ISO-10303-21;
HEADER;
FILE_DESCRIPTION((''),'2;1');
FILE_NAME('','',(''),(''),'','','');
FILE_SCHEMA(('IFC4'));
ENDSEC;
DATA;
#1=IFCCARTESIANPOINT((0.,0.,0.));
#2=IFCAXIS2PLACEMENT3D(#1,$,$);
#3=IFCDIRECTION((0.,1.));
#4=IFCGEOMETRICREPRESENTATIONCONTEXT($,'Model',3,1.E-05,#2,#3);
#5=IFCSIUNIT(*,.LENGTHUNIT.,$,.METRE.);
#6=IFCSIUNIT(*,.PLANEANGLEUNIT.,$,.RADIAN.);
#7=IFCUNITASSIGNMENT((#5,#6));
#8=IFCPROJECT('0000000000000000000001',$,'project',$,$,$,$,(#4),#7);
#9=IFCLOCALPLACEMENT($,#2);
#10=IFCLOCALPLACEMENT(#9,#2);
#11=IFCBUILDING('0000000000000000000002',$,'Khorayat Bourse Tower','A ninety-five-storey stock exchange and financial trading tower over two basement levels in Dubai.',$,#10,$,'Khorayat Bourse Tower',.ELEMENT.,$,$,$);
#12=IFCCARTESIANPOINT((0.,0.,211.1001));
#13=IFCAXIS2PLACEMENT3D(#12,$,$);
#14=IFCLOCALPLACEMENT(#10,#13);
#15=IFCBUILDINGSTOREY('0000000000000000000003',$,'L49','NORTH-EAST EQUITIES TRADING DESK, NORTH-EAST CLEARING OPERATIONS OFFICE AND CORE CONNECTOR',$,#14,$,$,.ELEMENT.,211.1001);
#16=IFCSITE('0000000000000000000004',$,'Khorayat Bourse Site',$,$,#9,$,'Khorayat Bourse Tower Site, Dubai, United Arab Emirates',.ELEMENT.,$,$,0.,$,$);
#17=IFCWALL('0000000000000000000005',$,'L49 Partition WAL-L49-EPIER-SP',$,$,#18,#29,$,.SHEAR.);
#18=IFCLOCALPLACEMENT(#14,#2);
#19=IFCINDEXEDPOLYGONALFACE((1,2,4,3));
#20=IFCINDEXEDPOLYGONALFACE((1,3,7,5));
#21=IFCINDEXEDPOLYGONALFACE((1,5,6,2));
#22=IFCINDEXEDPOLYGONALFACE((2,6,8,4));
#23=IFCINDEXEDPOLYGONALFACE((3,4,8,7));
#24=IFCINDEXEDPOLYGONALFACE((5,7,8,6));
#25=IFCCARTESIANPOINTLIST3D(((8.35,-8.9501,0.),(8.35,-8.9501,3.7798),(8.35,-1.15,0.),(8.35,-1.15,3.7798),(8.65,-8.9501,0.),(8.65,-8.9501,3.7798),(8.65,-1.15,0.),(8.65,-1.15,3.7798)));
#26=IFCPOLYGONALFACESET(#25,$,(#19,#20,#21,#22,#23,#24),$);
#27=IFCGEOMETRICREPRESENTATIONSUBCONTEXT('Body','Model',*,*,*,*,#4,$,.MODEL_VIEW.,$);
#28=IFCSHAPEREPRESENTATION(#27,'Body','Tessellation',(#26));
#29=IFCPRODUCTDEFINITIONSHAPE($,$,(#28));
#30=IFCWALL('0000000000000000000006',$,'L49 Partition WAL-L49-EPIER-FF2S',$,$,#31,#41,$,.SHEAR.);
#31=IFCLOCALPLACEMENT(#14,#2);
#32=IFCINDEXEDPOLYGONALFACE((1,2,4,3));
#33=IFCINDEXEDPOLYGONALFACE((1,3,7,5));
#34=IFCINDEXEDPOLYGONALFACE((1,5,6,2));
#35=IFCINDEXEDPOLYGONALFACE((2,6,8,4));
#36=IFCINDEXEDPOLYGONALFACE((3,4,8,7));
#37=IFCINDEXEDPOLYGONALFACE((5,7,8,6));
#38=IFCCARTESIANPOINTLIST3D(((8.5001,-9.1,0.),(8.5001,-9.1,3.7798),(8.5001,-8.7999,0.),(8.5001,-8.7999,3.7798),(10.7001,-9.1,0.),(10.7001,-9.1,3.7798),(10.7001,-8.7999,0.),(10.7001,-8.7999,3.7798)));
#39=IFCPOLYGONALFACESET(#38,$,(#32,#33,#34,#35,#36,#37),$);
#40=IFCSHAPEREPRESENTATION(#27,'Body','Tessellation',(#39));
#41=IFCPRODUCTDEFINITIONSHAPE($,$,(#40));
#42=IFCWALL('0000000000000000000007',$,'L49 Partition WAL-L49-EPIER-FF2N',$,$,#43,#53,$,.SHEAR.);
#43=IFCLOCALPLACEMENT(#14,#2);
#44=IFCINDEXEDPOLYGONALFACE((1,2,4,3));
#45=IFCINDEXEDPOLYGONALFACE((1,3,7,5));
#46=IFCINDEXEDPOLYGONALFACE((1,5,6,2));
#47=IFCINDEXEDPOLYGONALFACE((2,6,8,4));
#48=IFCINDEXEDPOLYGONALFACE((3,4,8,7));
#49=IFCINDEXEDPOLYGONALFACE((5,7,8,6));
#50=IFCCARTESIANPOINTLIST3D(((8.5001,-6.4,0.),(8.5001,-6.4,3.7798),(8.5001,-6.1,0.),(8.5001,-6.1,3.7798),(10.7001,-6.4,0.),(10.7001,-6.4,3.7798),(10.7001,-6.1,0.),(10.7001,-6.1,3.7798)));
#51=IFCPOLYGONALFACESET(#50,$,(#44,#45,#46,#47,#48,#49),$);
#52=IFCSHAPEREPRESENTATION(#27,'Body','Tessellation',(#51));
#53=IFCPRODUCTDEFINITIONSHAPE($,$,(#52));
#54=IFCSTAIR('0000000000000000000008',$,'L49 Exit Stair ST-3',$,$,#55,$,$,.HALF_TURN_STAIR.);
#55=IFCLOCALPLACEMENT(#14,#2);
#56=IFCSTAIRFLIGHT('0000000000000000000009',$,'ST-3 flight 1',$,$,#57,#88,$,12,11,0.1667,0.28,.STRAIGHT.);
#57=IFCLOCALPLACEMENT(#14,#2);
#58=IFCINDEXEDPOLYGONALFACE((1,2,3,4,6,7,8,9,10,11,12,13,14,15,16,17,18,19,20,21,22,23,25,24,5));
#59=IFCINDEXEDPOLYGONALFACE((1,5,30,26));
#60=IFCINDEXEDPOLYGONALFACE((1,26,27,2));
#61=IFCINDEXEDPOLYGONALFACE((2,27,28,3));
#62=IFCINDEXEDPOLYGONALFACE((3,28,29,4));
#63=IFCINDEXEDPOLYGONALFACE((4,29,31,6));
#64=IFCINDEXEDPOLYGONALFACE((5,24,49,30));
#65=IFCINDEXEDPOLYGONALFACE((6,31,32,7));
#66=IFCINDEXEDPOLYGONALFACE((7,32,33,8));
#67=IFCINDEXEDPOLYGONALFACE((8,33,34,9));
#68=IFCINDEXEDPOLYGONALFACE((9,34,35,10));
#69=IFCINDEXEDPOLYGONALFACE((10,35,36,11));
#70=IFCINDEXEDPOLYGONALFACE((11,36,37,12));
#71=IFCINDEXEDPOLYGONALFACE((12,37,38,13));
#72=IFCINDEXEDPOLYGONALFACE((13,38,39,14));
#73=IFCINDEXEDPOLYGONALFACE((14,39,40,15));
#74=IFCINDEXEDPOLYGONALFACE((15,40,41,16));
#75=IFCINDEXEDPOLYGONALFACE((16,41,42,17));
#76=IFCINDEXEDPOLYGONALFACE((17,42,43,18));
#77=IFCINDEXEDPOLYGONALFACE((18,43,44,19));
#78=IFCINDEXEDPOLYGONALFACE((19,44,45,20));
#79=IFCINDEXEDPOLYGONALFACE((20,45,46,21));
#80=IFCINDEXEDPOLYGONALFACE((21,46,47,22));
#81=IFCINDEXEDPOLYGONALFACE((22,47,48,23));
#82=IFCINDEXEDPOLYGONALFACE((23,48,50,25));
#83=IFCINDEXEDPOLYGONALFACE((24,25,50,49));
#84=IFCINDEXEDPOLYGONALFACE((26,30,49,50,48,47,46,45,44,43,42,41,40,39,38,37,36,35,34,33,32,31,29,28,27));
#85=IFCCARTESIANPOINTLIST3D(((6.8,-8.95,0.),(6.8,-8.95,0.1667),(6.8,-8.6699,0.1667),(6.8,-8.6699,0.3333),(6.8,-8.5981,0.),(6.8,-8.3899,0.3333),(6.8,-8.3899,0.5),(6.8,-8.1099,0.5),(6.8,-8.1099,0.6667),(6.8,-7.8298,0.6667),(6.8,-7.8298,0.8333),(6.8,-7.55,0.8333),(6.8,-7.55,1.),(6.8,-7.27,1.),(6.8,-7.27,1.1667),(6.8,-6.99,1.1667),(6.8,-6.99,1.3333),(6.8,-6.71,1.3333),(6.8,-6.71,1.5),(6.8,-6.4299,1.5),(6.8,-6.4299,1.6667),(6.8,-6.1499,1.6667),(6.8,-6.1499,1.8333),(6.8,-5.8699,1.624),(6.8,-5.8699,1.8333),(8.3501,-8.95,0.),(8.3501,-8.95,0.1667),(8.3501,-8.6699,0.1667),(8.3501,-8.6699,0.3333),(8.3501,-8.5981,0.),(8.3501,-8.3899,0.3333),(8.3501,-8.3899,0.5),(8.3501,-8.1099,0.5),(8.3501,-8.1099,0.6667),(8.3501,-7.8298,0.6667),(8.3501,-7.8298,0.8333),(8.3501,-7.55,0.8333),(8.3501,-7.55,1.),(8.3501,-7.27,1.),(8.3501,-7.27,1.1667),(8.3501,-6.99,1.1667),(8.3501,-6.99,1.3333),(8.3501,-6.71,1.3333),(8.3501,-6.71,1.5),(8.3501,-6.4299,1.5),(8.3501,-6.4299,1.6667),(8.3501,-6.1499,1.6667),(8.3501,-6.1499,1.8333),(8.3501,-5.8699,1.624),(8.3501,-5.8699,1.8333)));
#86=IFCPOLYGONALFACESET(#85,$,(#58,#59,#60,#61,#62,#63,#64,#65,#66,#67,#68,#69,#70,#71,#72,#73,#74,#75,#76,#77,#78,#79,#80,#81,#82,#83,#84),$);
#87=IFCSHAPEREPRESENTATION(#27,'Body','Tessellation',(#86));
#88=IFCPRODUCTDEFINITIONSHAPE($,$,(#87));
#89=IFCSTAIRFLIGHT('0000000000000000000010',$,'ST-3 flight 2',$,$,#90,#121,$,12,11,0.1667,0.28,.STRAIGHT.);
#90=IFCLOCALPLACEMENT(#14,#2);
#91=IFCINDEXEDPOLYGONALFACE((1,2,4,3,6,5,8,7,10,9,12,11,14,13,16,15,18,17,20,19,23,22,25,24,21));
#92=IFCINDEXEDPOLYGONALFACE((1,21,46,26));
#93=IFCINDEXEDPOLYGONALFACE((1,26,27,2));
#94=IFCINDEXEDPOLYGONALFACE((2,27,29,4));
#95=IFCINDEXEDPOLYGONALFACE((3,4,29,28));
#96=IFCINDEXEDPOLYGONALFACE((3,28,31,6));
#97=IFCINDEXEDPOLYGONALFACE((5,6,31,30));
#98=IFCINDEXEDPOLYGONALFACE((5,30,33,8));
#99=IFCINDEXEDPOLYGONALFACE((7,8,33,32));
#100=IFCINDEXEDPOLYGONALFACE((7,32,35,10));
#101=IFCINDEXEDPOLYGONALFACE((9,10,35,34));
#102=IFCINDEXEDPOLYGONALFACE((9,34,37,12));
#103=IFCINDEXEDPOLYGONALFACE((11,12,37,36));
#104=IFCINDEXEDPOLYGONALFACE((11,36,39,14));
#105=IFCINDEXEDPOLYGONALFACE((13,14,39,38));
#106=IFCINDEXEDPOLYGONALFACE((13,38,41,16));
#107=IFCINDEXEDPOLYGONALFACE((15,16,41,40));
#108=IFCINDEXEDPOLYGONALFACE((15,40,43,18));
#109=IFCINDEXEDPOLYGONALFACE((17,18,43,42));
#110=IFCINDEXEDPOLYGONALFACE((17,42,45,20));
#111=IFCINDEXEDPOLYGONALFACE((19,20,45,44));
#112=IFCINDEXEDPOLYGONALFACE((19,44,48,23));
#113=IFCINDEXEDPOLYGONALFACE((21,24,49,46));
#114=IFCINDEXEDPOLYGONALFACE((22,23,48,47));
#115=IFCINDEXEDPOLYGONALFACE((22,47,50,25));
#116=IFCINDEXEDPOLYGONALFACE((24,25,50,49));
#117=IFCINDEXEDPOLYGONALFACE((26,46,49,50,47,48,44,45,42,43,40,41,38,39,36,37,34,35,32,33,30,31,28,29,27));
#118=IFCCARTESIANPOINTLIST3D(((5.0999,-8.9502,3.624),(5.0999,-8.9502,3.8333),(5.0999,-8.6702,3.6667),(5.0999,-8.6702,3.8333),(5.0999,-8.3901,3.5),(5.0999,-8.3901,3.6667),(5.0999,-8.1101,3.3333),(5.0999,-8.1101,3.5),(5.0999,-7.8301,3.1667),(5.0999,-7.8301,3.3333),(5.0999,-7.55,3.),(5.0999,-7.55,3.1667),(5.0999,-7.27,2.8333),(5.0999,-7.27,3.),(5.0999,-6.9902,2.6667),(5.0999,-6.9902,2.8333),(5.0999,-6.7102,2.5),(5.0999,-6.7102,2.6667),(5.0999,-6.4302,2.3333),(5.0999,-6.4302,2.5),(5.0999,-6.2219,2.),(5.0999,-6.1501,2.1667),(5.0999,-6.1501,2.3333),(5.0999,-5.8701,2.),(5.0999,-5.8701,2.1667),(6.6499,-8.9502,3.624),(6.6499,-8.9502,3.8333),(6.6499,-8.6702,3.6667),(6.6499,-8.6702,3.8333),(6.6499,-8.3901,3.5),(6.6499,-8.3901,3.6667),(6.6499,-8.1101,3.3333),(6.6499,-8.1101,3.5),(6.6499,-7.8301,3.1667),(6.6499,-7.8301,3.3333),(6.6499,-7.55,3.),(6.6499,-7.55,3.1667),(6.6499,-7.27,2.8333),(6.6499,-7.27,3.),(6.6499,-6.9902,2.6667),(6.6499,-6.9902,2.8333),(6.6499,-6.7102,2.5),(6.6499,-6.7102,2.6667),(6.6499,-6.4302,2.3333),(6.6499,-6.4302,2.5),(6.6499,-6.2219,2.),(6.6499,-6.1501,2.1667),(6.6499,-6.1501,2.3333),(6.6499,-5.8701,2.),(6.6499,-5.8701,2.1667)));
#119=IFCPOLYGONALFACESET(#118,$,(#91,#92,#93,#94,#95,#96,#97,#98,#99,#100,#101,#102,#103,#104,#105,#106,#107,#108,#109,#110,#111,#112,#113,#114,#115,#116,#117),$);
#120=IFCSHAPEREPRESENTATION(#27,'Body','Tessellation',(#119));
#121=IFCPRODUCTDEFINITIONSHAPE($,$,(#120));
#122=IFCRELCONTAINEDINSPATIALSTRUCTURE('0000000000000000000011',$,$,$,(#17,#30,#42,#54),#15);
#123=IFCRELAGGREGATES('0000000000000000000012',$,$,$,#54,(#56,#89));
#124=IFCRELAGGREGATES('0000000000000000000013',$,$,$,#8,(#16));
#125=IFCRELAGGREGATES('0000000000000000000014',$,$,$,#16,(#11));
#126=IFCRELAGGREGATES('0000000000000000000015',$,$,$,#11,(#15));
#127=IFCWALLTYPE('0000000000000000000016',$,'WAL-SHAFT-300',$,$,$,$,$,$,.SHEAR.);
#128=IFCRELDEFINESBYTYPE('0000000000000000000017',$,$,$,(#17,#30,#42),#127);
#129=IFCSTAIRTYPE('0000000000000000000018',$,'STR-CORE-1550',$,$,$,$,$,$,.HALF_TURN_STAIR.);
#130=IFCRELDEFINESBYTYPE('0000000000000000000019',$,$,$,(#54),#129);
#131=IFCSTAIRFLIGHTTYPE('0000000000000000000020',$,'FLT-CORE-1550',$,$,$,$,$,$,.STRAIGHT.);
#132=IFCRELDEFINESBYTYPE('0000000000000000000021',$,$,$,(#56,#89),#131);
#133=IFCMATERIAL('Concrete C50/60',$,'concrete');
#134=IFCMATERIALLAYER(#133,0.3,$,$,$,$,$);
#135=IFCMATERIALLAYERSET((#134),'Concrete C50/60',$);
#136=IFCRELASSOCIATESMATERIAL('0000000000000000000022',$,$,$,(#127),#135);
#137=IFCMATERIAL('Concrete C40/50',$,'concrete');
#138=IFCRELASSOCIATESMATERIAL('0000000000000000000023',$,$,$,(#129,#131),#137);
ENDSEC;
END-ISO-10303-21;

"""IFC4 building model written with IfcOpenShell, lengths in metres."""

from ifc_helpers import new_model, si_unit, direction, frame, frame_2d, origin, place, context, subcontext, project, spatial, polyline, rectangle, outline, extrude, source, transform, mapped, material, layer, layer_set, type_object, element, aggregate, save


model = new_model("IFC4")

# Units and contexts
model_context = context("Model", 3, precision=1e-05, world=origin(), true_north=direction((0.0, 1.0)))
body_context = subcontext(model_context, "Body", "Model", "MODEL_VIEW")
ifc_project = project(units=[si_unit("LENGTHUNIT", "METRE"), si_unit("PLANEANGLEUNIT", "RADIAN")], contexts=[model_context])

# Site, building, storey
site_placement = place(None, origin())
site = spatial("IfcSite", under=ifc_project, at=site_placement, Name="Khorayat Bourse Site", LongName="Khorayat Bourse Tower Site, Dubai, United Arab Emirates", CompositionType="ELEMENT", RefElevation=0.0)
building_placement = place(site_placement, origin())
building = spatial("IfcBuilding", under=site, at=building_placement, Name="Khorayat Bourse Tower", Description="A ninety-five-storey stock exchange and financial trading tower over two basement levels in Dubai.", LongName="Khorayat Bourse Tower", CompositionType="ELEMENT")
storey_placement = place(building_placement, frame((0.0, 0.0, 211.1001)))
storey = spatial("IfcBuildingStorey", under=building, at=storey_placement, Name="L49", Description="NORTH-EAST EQUITIES TRADING DESK, NORTH-EAST CLEARING OPERATIONS OFFICE AND CORE CONNECTOR", CompositionType="ELEMENT", Elevation=211.1001)

# Walls
ifc_material_1 = material(Name="Concrete C50/60", Category="concrete")
ifc_layer_1 = layer(ifc_material_1, 0.3)
ifc_layer_set_1 = layer_set([ifc_layer_1], Name="Concrete C50/60")
wall_type_1 = type_object("IfcWallType", Name="WAL-SHAFT-300", PredefinedType="SHEAR", material=ifc_layer_set_1)
shared_shape_1 = source(origin(), body_context, "Body", "SweptSolid", [
    extrude(rectangle(XDim=7.8, YDim=0.3, at=frame_2d((3.8999, 0.0))), origin(), (0.0, 0.0, 1.0), 3.7798),
])
wall_1_placement = place(storey_placement, frame((8.5, -8.95, 0.0), z_axis=(0.0, 0.0, 1.0), x_axis=(0.0, 1.0, 0.0)))
element("IfcWall", 1, at=wall_1_placement, inside=storey, type_object=wall_type_1, Name="L49 Partition WAL-L49-EPIER-SP", PredefinedType="SHEAR", context=body_context, shape_type="MappedRepresentation", body=[
    mapped(shared_shape_1, transform((0.0, 0.0, 0.0), scale=1.0)),
])
shared_shape_2 = source(origin(), body_context, "Body", "SweptSolid", [
    extrude(rectangle(XDim=2.2, YDim=0.3, at=frame_2d((1.1001, 0.0))), origin(), (0.0, 0.0, 1.0), 3.7798),
])
for number, where, z_axis, x_axis, name in (
    (2, (8.5, -8.95, 0.0), (0.0, 0.0, 1.0), (1.0, 0.0, 0.0), "L49 Partition WAL-L49-EPIER-FF2S"),
    (3, (8.5, -6.25, 0.0), (0.0, 0.0, 1.0), (1.0, 0.0, 0.0), "L49 Partition WAL-L49-EPIER-FF2N"),
):
    element("IfcWall", number, at=place(storey_placement, frame(where, z_axis=z_axis, x_axis=x_axis)), inside=storey, type_object=wall_type_1, Name=name, PredefinedType="SHEAR", context=body_context, shape_type="MappedRepresentation", body=[
        mapped(shared_shape_2, transform((0.0, 0.0, 0.0), scale=1.0)),
    ])

# Stair, stair flights
ifc_material_2 = material(Name="Concrete C40/50", Category="concrete")
stair_type = type_object("IfcStairType", Name="STR-CORE-1550", PredefinedType="HALF_TURN_STAIR", material=ifc_material_2)
stair_placement = place(storey_placement, origin())
stair = element("IfcStair", 4, at=stair_placement, inside=storey, type_object=stair_type, Name="L49 Exit Stair ST-3", PredefinedType="HALF_TURN_STAIR")
stair_flight_type = type_object("IfcStairFlightType", Name="FLT-CORE-1550", PredefinedType="STRAIGHT", material=ifc_material_2)
shared_shape_3 = source(origin(), body_context, "Body", "SweptSolid", [
    extrude(outline(polyline([(0.0, 0.0), (0.0, 0.1667), (0.28, 0.1667), (0.28, 0.3333), (0.5601, 0.3333), (0.5601, 0.5), (0.8401, 0.5), (0.8401, 0.6667), (1.1201, 0.6667), (1.1201, 0.8333), (1.3999, 0.8333), (1.3999, 1.0), (1.6799, 1.0), (1.6799, 1.1667), (1.96, 1.1667), (1.96, 1.3333), (2.24, 1.3333), (2.24, 1.5), (2.52, 1.5), (2.52, 1.6667), (2.8, 1.6667), (2.8, 1.8333), (3.0801, 1.8333), (3.0801, 2.0), (3.0801, 1.624), (0.3518, 0.0), (0.0, 0.0)])), frame((0.0, 0.7749, 0.0), z_axis=(0.0, -1.0, 0.0), x_axis=(1.0, 0.0, 0.0)), (0.0, 0.0, 1.0), 1.55),
])
stair_flight_1_placement = place(storey_placement, frame((7.575, -8.95, 0.0), z_axis=(0.0, 0.0, 1.0), x_axis=(0.0, 1.0, 0.0)))
stair_flight_1 = element("IfcStairFlight", 5, at=stair_flight_1_placement, type_object=stair_flight_type, Name="ST-3 flight 1", NumberOfRisers=12, NumberOfTreads=11, PredefinedType="STRAIGHT", RiserHeight=0.1667, TreadLength=0.28, context=body_context, shape_type="MappedRepresentation", body=[
    mapped(shared_shape_3, transform((0.0, 0.0, 0.0), scale=1.0)),
])
stair_flight_2_placement = place(storey_placement, frame((5.875, -5.8701, 2.0), z_axis=(0.0, 0.0, 1.0), x_axis=(0.0, -1.0, 0.0)))
stair_flight_2 = element("IfcStairFlight", 6, at=stair_flight_2_placement, type_object=stair_flight_type, Name="ST-3 flight 2", NumberOfRisers=12, NumberOfTreads=11, PredefinedType="STRAIGHT", RiserHeight=0.1667, TreadLength=0.28, context=body_context, shape_type="MappedRepresentation", body=[
    mapped(shared_shape_3, transform((0.0, 0.0, 0.0), scale=1.0)),
])
aggregate(stair, [stair_flight_1, stair_flight_2])

save(model, "model.ifc")
